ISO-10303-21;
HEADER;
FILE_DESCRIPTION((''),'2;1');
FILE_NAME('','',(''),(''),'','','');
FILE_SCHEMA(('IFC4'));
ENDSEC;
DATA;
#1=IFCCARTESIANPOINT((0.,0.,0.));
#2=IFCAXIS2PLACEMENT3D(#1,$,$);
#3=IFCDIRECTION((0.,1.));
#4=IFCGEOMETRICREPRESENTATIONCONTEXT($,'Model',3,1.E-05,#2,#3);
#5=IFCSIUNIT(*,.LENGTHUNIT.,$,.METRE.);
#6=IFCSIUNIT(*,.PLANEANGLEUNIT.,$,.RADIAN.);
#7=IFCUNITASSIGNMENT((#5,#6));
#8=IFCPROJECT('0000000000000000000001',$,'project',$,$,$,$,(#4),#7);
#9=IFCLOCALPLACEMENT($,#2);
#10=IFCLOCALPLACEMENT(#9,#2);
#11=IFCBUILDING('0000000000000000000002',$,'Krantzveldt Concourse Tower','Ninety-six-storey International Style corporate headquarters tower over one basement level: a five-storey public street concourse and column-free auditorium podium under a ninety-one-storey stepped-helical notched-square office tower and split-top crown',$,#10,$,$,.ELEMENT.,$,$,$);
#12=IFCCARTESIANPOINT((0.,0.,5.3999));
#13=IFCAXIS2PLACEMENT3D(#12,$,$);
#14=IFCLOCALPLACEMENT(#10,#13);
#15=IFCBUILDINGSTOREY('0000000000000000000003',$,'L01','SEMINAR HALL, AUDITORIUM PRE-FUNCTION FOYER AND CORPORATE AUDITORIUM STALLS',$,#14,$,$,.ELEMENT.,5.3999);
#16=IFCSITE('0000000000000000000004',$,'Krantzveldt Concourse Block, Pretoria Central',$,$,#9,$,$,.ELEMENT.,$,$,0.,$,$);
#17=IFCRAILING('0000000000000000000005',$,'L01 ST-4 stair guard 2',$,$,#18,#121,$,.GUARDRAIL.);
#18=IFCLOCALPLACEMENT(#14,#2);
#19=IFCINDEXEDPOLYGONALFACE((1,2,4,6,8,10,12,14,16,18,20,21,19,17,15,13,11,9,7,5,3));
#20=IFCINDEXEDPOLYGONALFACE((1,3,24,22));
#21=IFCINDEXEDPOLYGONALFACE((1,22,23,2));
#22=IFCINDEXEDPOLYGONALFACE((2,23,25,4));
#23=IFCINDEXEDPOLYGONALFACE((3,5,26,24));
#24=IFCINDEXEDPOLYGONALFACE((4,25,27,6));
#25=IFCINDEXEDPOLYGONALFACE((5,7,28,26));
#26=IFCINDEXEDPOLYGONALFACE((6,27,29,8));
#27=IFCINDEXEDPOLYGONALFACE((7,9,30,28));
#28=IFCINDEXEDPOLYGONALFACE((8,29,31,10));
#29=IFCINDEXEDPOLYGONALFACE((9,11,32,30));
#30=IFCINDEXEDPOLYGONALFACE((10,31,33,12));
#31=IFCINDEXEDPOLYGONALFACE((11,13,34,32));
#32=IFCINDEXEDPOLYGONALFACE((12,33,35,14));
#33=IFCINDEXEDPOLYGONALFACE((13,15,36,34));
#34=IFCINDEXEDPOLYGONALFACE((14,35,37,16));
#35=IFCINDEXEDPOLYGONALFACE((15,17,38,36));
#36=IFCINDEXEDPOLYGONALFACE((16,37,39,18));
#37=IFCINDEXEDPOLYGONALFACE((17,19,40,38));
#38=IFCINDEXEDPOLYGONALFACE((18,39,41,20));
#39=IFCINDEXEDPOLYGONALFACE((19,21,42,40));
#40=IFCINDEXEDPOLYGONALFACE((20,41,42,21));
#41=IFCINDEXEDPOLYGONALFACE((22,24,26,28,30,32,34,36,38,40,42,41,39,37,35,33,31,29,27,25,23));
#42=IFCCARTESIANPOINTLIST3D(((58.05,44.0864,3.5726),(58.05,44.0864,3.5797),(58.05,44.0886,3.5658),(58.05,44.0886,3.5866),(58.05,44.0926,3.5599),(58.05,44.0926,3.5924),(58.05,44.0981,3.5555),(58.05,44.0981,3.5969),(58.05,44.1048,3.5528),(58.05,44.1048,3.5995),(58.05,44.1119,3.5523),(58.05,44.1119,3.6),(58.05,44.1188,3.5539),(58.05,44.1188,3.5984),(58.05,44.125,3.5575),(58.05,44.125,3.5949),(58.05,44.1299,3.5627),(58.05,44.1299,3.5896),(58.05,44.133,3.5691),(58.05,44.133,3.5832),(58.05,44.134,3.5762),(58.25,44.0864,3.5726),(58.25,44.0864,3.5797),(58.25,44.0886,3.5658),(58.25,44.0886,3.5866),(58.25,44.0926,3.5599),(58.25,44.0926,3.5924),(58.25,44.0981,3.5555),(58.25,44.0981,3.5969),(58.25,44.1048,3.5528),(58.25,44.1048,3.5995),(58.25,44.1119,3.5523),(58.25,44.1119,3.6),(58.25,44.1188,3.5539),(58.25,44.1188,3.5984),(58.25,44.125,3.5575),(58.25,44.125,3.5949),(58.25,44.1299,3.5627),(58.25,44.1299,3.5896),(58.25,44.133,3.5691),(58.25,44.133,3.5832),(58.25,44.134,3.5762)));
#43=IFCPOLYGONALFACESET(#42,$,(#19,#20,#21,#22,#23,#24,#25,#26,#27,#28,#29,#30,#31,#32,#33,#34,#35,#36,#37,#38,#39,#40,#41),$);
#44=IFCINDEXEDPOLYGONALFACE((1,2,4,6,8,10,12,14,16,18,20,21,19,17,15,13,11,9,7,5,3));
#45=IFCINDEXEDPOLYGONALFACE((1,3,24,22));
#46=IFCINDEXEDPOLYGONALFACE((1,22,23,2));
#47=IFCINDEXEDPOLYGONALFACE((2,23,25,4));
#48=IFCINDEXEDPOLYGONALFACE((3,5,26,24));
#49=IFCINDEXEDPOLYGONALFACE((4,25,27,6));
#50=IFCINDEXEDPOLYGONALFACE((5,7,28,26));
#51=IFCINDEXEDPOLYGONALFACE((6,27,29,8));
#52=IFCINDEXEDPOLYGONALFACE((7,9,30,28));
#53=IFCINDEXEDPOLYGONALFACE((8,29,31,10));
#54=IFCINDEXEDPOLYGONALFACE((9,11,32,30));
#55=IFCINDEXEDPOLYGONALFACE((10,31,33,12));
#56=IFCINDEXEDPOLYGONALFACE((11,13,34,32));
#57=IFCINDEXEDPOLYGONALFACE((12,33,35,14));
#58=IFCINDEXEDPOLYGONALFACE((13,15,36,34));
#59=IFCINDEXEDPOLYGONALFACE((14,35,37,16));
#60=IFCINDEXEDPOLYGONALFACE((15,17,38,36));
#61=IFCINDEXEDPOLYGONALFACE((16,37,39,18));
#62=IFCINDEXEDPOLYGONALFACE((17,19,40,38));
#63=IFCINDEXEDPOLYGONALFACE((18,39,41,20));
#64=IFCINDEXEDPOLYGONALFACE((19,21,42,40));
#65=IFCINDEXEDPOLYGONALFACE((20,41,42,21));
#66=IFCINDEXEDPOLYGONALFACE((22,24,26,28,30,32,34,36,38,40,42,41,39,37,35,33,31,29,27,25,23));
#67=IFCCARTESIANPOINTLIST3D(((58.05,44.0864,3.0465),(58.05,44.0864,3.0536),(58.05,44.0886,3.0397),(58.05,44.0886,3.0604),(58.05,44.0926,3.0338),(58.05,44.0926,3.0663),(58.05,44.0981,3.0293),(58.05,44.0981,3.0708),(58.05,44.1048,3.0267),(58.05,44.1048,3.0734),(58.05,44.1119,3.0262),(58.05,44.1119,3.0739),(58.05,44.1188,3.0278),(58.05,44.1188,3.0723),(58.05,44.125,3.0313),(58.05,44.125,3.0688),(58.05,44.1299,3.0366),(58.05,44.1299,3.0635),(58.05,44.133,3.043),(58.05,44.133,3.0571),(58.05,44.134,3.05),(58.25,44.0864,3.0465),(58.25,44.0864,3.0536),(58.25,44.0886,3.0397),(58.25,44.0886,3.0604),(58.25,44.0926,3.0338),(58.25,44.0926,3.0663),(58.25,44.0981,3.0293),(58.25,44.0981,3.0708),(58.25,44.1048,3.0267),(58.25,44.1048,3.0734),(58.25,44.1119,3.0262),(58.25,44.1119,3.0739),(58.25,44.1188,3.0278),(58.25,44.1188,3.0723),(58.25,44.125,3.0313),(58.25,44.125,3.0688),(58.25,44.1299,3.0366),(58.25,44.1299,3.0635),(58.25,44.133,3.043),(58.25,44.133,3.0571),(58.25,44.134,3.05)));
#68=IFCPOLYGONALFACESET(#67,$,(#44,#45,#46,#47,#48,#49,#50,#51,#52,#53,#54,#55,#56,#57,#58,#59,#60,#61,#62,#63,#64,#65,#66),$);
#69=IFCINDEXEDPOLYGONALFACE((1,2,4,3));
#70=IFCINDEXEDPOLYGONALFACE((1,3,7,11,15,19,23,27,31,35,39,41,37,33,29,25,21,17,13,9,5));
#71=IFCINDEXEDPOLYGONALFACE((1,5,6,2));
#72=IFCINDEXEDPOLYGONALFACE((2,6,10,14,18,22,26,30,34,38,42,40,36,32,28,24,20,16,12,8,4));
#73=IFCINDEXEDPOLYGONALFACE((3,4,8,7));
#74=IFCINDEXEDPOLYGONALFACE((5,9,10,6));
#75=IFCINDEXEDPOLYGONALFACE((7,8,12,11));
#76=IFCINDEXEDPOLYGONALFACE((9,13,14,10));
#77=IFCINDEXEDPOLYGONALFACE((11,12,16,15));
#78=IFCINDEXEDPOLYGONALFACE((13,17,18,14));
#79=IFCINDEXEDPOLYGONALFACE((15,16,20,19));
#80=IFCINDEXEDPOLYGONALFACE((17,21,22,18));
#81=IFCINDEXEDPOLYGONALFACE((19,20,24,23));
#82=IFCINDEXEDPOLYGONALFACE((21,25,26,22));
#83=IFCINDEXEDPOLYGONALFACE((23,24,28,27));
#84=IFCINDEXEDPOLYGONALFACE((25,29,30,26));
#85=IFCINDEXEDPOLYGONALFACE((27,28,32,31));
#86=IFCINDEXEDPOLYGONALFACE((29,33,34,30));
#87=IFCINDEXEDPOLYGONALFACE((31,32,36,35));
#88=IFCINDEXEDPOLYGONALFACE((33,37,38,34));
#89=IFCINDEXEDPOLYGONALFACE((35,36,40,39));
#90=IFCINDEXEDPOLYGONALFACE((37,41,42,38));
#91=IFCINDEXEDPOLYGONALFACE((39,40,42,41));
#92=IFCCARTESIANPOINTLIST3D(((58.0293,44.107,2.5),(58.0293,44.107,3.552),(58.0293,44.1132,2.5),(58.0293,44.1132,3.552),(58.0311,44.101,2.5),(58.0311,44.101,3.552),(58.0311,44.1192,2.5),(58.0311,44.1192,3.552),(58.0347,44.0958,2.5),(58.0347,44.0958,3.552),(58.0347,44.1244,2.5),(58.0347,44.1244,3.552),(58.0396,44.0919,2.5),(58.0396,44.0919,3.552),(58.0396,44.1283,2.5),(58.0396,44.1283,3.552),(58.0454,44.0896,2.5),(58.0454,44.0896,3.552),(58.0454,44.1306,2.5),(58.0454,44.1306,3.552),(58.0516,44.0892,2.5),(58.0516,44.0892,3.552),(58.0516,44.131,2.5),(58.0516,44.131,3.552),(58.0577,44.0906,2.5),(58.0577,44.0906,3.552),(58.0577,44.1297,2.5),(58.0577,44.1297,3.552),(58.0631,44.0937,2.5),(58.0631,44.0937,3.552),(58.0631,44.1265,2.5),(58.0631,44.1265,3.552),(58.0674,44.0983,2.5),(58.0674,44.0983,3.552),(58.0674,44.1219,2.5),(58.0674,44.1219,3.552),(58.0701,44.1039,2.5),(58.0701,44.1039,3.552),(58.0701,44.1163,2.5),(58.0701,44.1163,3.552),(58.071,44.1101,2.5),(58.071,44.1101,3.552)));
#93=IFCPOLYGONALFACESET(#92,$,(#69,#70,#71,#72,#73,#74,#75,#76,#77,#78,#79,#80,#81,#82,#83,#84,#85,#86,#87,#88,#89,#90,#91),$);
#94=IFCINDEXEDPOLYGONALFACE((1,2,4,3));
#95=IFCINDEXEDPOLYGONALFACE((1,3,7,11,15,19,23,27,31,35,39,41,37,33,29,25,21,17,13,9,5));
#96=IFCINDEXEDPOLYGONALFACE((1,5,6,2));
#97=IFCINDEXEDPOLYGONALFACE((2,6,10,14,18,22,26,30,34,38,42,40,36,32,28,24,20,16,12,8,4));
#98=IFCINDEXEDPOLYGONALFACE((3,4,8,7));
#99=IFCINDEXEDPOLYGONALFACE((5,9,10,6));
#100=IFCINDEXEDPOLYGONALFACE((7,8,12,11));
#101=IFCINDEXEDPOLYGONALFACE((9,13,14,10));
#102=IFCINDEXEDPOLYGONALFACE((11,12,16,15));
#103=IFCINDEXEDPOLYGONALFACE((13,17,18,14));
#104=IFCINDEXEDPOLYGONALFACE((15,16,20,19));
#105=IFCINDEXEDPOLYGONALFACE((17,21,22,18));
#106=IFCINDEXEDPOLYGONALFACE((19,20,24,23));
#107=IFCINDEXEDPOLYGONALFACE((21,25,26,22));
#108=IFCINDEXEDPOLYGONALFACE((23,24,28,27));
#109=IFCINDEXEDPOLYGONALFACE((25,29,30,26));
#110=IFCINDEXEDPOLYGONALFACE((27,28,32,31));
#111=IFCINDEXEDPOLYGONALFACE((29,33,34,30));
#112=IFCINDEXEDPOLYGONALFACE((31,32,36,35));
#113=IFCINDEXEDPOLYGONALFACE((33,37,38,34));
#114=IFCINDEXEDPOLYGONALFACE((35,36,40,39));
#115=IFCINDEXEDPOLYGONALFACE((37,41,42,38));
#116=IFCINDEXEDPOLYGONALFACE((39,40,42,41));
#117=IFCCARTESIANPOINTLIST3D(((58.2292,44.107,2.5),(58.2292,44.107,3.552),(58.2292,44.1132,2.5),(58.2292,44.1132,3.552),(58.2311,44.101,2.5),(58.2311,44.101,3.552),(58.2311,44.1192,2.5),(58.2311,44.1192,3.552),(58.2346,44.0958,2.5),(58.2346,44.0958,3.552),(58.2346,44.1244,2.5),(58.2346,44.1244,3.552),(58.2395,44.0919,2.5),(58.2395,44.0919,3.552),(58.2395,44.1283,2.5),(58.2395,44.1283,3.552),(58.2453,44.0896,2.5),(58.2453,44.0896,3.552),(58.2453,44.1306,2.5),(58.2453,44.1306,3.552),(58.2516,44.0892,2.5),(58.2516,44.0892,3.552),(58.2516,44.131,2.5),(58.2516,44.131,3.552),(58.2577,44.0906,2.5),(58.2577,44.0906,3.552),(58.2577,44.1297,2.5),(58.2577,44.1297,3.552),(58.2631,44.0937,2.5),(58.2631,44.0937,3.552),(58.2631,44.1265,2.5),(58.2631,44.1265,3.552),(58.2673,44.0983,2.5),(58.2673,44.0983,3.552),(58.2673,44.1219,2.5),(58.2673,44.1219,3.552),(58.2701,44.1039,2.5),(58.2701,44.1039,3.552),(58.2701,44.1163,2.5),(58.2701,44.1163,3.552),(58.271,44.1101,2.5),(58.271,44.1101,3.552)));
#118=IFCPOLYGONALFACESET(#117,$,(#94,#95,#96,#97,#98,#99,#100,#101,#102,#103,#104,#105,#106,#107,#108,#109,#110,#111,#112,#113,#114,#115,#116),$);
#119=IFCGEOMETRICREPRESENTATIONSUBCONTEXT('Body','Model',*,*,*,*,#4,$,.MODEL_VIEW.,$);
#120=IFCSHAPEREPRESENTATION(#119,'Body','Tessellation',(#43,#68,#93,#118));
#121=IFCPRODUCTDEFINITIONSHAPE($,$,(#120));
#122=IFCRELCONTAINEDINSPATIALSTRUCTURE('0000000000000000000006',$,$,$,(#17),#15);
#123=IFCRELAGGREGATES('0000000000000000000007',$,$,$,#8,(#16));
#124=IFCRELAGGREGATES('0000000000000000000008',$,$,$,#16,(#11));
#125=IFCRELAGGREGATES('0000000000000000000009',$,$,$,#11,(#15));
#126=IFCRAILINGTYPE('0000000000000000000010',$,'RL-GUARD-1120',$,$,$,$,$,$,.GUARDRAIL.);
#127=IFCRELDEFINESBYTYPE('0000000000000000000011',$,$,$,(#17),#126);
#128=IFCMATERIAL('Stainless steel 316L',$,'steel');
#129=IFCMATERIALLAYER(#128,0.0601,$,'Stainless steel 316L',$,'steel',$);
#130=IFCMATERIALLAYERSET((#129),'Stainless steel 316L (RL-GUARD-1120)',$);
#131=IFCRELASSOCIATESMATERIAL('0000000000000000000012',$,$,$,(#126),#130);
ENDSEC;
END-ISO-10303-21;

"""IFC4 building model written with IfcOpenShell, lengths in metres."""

from ifc_helpers import new_model, si_unit, direction, frame, origin, origin_2d, place, context, subcontext, project, spatial, circle, extrude, material, layer, layer_set, type_object, element, save


model = new_model("IFC4")

# Units and contexts
model_context = context("Model", 3, precision=1e-05, world=origin(), true_north=direction((0.0, 1.0)))
body_context = subcontext(model_context, "Body", "Model", "MODEL_VIEW")
ifc_project = project(units=[si_unit("LENGTHUNIT", "METRE"), si_unit("PLANEANGLEUNIT", "RADIAN")], contexts=[model_context])

# Site, building, storey
site_placement = place(None, origin())
site = spatial("IfcSite", under=ifc_project, at=site_placement, Name="Krantzveldt Concourse Block, Pretoria Central", CompositionType="ELEMENT", RefElevation=0.0)
building_placement = place(site_placement, origin())
building = spatial("IfcBuilding", under=site, at=building_placement, Name="Krantzveldt Concourse Tower", Description="Ninety-six-storey International Style corporate headquarters tower over one basement level: a five-storey public street concourse and column-free auditorium podium under a ninety-one-storey stepped-helical notched-square office tower and split-top crown", CompositionType="ELEMENT")
storey_placement = place(building_placement, frame((0.0, 0.0, 5.3999)))
storey = spatial("IfcBuildingStorey", under=building, at=storey_placement, Name="L01", Description="SEMINAR HALL, AUDITORIUM PRE-FUNCTION FOYER AND CORPORATE AUDITORIUM STALLS", CompositionType="ELEMENT", Elevation=5.3999)

# Railing
ifc_material_1 = material(Name="Stainless steel 316L", Category="steel")
ifc_layer_1 = layer(ifc_material_1, 0.0601, Name="Stainless steel 316L", Category="steel")
ifc_layer_set_1 = layer_set([ifc_layer_1], Name="Stainless steel 316L (RL-GUARD-1120)")
railing_type_1 = type_object("IfcRailingType", Name="RL-GUARD-1120", PredefinedType="GUARDRAIL", material=ifc_layer_set_1)
railing_1_placement = place(storey_placement, frame((58.05, 44.1101, 2.5)))
element("IfcRailing", 1, at=railing_1_placement, inside=storey, type_object=railing_type_1, Name="L01 ST-4 stair guard 2", PredefinedType="GUARDRAIL", context=body_context, shape_type="SweptSolid", body=[
    extrude(circle(Radius=0.0239, at=origin_2d()), frame((0.0, 0.0, 1.0762), z_axis=(1.0, 0.0, 0.0), x_axis=(0.0, 1.0, 0.0)), (0.0, 0.0, 1.0), 0.2),
    extrude(circle(Radius=0.0239, at=origin_2d()), frame((0.0, 0.0, 0.55), z_axis=(1.0, 0.0, 0.0), x_axis=(0.0, 1.0, 0.0)), (0.0, 0.0, 1.0), 0.2),
    extrude(circle(Radius=0.021, at=origin_2d()), origin(), (0.0, 0.0, 1.0), 1.052),
    extrude(circle(Radius=0.021, at=origin_2d()), frame((0.2, 0.0, 0.0)), (0.0, 0.0, 1.0), 1.052),
])

save(model, "model.ifc")
